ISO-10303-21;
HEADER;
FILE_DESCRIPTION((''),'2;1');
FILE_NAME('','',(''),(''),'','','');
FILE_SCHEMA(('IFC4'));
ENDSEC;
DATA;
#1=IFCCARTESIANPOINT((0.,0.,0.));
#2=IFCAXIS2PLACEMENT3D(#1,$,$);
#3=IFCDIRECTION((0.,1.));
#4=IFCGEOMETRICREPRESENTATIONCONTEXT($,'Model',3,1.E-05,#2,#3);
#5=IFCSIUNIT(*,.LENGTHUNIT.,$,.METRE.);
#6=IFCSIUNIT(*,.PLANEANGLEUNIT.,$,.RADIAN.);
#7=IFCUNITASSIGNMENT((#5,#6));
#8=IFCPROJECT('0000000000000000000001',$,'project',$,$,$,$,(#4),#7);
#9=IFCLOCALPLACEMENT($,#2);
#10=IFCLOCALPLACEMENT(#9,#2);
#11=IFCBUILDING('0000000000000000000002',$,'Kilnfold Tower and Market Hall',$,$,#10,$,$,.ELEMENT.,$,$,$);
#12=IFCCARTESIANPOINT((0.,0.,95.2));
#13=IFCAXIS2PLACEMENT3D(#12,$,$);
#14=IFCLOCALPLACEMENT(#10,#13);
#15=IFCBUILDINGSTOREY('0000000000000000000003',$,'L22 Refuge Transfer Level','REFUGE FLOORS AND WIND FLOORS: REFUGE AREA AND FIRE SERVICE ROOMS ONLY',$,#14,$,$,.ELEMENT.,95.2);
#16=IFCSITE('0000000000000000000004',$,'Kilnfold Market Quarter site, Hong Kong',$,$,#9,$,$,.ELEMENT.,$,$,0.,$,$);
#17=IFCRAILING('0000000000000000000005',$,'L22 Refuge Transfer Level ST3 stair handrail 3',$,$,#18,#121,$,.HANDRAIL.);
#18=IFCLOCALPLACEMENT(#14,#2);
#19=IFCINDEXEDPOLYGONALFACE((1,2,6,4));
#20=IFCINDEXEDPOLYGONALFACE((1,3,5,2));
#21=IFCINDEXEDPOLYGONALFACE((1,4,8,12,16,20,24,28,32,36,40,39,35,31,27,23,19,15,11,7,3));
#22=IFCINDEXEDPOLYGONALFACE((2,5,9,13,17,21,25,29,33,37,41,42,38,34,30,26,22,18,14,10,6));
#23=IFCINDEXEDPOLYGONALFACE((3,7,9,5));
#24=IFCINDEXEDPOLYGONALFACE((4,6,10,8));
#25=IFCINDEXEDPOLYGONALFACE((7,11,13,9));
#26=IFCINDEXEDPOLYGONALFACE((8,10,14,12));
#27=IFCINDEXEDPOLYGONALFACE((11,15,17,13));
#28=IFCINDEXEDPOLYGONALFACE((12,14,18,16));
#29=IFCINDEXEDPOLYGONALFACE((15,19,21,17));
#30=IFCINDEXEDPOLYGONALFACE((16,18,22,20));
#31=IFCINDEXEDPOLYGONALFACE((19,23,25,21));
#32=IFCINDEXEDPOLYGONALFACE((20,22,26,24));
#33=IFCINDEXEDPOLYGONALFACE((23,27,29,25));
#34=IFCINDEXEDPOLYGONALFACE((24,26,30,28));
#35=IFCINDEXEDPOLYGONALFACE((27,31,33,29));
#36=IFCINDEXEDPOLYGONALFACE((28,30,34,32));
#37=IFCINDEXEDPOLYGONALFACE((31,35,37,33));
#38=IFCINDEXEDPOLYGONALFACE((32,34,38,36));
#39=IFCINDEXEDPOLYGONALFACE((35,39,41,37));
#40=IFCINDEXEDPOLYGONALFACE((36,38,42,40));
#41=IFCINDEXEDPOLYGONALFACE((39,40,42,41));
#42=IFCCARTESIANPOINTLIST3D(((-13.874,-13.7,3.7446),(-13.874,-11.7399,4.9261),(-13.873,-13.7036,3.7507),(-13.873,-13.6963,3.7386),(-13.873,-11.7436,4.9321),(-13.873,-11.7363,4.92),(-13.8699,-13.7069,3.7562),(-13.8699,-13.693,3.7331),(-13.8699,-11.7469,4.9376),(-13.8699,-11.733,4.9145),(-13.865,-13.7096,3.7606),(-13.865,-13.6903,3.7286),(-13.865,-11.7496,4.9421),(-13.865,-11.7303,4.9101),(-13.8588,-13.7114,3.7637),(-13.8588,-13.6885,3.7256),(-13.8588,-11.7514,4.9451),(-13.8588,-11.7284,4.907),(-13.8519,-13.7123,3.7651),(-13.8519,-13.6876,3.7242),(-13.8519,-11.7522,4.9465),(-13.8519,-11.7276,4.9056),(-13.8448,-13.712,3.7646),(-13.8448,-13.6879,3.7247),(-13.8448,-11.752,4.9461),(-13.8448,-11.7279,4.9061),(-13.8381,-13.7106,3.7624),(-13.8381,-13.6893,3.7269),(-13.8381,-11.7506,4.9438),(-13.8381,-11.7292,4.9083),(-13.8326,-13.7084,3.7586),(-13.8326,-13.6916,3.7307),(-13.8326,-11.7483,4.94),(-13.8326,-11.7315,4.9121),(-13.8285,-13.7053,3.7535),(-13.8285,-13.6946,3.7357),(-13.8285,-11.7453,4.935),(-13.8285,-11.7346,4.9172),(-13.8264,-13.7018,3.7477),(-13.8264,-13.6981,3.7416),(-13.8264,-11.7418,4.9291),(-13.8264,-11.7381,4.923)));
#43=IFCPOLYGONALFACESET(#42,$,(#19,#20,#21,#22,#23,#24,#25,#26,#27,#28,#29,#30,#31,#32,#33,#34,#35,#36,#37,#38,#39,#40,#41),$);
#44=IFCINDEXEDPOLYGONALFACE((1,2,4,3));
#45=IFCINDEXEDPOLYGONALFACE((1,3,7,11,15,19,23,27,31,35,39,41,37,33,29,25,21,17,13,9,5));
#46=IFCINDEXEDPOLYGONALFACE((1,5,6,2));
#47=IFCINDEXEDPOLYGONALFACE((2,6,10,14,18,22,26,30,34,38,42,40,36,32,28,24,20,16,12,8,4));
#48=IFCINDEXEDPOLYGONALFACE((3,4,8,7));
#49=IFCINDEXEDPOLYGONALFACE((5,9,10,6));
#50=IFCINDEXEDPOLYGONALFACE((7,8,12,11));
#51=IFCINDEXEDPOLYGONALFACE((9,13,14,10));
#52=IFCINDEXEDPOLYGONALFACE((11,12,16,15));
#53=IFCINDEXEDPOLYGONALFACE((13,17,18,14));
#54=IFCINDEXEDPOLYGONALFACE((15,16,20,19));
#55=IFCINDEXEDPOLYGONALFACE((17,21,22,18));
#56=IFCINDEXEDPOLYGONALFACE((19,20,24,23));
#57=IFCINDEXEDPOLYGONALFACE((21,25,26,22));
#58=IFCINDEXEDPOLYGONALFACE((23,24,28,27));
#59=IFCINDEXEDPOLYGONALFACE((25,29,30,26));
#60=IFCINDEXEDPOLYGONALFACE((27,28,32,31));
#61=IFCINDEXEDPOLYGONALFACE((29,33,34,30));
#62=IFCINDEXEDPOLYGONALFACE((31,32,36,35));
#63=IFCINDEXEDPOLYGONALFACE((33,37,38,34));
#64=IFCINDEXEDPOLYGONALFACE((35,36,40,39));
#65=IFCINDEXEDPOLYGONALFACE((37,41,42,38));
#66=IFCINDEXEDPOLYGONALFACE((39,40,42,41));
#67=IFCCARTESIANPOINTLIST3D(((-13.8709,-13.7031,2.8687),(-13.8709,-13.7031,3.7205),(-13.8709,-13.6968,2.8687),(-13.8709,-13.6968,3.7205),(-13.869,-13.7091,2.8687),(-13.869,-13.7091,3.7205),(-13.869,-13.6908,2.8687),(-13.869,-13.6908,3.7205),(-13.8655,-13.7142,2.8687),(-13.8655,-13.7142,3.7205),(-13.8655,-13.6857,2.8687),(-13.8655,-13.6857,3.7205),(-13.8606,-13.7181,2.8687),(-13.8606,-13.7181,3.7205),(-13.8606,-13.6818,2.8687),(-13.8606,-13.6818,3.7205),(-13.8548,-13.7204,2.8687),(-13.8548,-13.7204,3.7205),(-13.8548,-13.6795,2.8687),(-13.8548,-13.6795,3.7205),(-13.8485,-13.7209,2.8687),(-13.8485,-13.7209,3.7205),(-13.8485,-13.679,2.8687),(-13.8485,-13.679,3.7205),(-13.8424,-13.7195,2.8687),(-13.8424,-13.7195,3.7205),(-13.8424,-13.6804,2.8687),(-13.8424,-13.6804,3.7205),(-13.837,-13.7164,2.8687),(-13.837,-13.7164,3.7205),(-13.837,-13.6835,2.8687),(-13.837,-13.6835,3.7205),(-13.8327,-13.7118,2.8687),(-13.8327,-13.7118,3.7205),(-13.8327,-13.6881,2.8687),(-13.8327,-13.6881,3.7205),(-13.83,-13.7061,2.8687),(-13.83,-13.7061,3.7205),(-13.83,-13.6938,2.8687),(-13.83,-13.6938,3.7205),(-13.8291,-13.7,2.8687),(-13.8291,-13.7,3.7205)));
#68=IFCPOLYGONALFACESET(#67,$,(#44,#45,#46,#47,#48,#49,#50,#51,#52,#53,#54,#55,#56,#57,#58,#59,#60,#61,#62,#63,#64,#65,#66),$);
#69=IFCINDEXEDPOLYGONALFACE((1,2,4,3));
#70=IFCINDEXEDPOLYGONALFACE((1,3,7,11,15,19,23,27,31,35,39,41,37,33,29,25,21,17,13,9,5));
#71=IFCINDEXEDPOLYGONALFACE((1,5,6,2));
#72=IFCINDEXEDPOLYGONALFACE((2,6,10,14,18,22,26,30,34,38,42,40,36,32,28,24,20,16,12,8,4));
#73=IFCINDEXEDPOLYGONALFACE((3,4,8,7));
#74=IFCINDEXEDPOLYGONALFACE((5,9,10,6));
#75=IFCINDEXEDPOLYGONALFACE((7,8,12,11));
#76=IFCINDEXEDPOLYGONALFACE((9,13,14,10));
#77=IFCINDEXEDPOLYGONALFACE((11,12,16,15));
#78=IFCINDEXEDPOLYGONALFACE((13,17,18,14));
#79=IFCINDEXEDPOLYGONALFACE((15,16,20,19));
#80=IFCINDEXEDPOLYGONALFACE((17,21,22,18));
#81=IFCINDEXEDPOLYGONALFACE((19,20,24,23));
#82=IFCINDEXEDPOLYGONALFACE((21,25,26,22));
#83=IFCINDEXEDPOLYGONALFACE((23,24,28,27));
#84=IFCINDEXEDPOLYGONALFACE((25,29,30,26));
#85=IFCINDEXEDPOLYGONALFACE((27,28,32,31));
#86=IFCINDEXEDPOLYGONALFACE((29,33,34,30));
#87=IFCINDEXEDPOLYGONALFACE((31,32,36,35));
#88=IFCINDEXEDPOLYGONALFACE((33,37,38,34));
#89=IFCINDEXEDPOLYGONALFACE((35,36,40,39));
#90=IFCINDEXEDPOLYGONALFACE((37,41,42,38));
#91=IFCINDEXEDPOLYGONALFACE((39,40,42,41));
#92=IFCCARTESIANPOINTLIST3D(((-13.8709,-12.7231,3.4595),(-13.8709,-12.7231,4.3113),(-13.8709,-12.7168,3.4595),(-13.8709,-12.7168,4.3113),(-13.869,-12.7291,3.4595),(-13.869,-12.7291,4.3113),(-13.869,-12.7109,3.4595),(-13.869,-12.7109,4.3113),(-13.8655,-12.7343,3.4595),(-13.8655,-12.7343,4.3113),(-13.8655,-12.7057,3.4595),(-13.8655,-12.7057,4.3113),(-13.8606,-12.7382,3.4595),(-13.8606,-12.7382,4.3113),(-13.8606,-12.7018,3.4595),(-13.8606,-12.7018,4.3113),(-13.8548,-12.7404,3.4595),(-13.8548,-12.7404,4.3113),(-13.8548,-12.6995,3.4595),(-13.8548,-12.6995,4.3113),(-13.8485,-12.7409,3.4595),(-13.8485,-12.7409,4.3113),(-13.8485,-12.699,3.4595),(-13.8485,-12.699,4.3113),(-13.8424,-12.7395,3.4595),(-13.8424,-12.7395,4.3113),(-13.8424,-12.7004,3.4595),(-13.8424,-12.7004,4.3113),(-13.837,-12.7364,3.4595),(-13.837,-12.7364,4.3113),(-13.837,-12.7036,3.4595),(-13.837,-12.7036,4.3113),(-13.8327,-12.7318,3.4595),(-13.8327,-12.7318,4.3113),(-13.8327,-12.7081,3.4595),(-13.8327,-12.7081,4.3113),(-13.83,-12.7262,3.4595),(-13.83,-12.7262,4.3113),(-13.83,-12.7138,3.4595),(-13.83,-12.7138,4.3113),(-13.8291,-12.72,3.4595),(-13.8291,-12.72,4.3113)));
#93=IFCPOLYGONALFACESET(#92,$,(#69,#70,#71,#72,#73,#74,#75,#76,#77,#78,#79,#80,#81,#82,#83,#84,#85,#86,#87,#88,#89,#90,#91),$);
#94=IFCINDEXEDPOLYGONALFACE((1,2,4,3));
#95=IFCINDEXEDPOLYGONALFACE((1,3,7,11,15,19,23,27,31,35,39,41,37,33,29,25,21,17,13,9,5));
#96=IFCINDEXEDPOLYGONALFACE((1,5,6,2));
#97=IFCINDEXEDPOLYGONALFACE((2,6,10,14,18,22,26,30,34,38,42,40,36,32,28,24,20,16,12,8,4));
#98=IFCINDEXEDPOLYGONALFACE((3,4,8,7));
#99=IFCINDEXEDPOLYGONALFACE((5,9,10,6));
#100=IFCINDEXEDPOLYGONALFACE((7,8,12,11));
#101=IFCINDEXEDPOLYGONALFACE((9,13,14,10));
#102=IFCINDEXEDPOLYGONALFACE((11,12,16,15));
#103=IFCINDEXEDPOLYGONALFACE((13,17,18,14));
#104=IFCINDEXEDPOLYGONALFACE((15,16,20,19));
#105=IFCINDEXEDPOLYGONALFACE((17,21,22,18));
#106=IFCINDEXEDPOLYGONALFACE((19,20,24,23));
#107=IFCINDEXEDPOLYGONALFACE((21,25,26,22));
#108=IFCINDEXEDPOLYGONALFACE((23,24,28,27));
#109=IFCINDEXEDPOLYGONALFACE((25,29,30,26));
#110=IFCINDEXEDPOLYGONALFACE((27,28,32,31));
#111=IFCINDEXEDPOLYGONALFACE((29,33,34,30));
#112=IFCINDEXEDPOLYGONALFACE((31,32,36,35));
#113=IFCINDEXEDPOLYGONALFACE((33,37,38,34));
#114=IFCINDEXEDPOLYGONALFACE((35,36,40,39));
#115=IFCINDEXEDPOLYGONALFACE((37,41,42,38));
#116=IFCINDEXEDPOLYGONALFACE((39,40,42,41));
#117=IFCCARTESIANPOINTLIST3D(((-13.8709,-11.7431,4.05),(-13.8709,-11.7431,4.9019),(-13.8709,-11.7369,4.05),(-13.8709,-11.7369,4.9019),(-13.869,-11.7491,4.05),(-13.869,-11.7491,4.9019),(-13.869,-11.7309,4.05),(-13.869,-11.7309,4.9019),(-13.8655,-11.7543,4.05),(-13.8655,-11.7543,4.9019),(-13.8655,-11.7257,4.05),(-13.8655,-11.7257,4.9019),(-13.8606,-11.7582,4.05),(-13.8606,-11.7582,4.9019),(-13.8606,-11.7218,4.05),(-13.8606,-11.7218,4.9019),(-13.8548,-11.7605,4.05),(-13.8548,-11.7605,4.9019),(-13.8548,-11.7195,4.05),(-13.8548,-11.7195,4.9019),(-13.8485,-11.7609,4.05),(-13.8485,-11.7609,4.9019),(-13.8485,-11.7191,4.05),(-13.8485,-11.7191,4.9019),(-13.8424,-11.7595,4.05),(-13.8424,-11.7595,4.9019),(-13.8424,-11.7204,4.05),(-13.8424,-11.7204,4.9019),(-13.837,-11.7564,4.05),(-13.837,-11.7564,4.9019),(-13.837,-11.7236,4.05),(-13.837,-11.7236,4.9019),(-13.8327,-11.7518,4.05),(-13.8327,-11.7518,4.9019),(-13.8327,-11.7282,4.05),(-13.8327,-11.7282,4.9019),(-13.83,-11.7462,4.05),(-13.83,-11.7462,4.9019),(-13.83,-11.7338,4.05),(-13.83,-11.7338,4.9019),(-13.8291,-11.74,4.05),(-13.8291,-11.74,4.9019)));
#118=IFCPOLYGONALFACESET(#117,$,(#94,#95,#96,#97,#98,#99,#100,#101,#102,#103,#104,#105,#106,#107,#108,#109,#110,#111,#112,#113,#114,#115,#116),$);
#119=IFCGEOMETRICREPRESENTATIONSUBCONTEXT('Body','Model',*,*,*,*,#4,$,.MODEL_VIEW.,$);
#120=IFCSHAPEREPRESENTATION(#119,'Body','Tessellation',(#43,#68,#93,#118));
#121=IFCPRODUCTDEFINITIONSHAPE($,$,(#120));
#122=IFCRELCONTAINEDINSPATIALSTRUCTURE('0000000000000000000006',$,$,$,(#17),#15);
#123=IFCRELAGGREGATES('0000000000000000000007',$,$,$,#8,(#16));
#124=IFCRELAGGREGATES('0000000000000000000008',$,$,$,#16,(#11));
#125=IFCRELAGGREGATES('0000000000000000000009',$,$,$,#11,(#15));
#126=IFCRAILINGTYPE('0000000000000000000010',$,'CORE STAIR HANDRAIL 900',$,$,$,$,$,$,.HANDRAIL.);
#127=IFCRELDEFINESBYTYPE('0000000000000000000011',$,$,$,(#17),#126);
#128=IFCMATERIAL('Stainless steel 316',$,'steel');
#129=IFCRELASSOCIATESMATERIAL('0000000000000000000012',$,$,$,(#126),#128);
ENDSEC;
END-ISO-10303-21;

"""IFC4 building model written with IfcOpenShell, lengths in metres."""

from ifc_helpers import new_model, si_unit, direction, frame, origin, origin_2d, place, context, subcontext, project, spatial, circle, extrude, material, type_object, element, save


model = new_model("IFC4")

# Units and contexts
model_context = context("Model", 3, precision=1e-05, world=origin(), true_north=direction((0.0, 1.0)))
body_context = subcontext(model_context, "Body", "Model", "MODEL_VIEW")
ifc_project = project(units=[si_unit("LENGTHUNIT", "METRE"), si_unit("PLANEANGLEUNIT", "RADIAN")], contexts=[model_context])

# Site, building, storey
site_placement = place(None, origin())
site = spatial("IfcSite", under=ifc_project, at=site_placement, Name="Kilnfold Market Quarter site, Hong Kong", CompositionType="ELEMENT", RefElevation=0.0)
building_placement = place(site_placement, origin())
building = spatial("IfcBuilding", under=site, at=building_placement, Name="Kilnfold Tower and Market Hall", CompositionType="ELEMENT")
storey_placement = place(building_placement, frame((0.0, 0.0, 95.2)))
storey = spatial("IfcBuildingStorey", under=building, at=storey_placement, Name="L22 Refuge Transfer Level", Description="REFUGE FLOORS AND WIND FLOORS: REFUGE AREA AND FIRE SERVICE ROOMS ONLY", CompositionType="ELEMENT", Elevation=95.2)

# Railing
ifc_material_1 = material(Name="Stainless steel 316", Category="steel")
railing_type_1 = type_object("IfcRailingType", Name="CORE STAIR HANDRAIL 900", PredefinedType="HANDRAIL", material=ifc_material_1)
railing_1_placement = place(storey_placement, frame((-13.8501, -13.7, 2.8687)))
element("IfcRailing", 1, at=railing_1_placement, inside=storey, type_object=railing_type_1, Name="L22 Refuge Transfer Level ST3 stair handrail 3", PredefinedType="HANDRAIL", context=body_context, shape_type="SweptSolid", body=[
    extrude(circle(Radius=0.0239, at=origin_2d()), frame((0.0, 0.0, 0.876), z_axis=(0.0, 0.856446, 0.516236), x_axis=(-1.0, 0.0, 0.0)), (0.0, 0.0, 1.0), 2.2886),
    extrude(circle(Radius=0.021, at=origin_2d()), origin(), (0.0, 0.0, 1.0), 0.8518),
    extrude(circle(Radius=0.021, at=origin_2d()), frame((0.0, 0.98, 0.5908)), (0.0, 0.0, 1.0), 0.8518),
    extrude(circle(Radius=0.021, at=origin_2d()), frame((0.0, 1.96, 1.1814)), (0.0, 0.0, 1.0), 0.8518),
])

save(model, "model.ifc")
